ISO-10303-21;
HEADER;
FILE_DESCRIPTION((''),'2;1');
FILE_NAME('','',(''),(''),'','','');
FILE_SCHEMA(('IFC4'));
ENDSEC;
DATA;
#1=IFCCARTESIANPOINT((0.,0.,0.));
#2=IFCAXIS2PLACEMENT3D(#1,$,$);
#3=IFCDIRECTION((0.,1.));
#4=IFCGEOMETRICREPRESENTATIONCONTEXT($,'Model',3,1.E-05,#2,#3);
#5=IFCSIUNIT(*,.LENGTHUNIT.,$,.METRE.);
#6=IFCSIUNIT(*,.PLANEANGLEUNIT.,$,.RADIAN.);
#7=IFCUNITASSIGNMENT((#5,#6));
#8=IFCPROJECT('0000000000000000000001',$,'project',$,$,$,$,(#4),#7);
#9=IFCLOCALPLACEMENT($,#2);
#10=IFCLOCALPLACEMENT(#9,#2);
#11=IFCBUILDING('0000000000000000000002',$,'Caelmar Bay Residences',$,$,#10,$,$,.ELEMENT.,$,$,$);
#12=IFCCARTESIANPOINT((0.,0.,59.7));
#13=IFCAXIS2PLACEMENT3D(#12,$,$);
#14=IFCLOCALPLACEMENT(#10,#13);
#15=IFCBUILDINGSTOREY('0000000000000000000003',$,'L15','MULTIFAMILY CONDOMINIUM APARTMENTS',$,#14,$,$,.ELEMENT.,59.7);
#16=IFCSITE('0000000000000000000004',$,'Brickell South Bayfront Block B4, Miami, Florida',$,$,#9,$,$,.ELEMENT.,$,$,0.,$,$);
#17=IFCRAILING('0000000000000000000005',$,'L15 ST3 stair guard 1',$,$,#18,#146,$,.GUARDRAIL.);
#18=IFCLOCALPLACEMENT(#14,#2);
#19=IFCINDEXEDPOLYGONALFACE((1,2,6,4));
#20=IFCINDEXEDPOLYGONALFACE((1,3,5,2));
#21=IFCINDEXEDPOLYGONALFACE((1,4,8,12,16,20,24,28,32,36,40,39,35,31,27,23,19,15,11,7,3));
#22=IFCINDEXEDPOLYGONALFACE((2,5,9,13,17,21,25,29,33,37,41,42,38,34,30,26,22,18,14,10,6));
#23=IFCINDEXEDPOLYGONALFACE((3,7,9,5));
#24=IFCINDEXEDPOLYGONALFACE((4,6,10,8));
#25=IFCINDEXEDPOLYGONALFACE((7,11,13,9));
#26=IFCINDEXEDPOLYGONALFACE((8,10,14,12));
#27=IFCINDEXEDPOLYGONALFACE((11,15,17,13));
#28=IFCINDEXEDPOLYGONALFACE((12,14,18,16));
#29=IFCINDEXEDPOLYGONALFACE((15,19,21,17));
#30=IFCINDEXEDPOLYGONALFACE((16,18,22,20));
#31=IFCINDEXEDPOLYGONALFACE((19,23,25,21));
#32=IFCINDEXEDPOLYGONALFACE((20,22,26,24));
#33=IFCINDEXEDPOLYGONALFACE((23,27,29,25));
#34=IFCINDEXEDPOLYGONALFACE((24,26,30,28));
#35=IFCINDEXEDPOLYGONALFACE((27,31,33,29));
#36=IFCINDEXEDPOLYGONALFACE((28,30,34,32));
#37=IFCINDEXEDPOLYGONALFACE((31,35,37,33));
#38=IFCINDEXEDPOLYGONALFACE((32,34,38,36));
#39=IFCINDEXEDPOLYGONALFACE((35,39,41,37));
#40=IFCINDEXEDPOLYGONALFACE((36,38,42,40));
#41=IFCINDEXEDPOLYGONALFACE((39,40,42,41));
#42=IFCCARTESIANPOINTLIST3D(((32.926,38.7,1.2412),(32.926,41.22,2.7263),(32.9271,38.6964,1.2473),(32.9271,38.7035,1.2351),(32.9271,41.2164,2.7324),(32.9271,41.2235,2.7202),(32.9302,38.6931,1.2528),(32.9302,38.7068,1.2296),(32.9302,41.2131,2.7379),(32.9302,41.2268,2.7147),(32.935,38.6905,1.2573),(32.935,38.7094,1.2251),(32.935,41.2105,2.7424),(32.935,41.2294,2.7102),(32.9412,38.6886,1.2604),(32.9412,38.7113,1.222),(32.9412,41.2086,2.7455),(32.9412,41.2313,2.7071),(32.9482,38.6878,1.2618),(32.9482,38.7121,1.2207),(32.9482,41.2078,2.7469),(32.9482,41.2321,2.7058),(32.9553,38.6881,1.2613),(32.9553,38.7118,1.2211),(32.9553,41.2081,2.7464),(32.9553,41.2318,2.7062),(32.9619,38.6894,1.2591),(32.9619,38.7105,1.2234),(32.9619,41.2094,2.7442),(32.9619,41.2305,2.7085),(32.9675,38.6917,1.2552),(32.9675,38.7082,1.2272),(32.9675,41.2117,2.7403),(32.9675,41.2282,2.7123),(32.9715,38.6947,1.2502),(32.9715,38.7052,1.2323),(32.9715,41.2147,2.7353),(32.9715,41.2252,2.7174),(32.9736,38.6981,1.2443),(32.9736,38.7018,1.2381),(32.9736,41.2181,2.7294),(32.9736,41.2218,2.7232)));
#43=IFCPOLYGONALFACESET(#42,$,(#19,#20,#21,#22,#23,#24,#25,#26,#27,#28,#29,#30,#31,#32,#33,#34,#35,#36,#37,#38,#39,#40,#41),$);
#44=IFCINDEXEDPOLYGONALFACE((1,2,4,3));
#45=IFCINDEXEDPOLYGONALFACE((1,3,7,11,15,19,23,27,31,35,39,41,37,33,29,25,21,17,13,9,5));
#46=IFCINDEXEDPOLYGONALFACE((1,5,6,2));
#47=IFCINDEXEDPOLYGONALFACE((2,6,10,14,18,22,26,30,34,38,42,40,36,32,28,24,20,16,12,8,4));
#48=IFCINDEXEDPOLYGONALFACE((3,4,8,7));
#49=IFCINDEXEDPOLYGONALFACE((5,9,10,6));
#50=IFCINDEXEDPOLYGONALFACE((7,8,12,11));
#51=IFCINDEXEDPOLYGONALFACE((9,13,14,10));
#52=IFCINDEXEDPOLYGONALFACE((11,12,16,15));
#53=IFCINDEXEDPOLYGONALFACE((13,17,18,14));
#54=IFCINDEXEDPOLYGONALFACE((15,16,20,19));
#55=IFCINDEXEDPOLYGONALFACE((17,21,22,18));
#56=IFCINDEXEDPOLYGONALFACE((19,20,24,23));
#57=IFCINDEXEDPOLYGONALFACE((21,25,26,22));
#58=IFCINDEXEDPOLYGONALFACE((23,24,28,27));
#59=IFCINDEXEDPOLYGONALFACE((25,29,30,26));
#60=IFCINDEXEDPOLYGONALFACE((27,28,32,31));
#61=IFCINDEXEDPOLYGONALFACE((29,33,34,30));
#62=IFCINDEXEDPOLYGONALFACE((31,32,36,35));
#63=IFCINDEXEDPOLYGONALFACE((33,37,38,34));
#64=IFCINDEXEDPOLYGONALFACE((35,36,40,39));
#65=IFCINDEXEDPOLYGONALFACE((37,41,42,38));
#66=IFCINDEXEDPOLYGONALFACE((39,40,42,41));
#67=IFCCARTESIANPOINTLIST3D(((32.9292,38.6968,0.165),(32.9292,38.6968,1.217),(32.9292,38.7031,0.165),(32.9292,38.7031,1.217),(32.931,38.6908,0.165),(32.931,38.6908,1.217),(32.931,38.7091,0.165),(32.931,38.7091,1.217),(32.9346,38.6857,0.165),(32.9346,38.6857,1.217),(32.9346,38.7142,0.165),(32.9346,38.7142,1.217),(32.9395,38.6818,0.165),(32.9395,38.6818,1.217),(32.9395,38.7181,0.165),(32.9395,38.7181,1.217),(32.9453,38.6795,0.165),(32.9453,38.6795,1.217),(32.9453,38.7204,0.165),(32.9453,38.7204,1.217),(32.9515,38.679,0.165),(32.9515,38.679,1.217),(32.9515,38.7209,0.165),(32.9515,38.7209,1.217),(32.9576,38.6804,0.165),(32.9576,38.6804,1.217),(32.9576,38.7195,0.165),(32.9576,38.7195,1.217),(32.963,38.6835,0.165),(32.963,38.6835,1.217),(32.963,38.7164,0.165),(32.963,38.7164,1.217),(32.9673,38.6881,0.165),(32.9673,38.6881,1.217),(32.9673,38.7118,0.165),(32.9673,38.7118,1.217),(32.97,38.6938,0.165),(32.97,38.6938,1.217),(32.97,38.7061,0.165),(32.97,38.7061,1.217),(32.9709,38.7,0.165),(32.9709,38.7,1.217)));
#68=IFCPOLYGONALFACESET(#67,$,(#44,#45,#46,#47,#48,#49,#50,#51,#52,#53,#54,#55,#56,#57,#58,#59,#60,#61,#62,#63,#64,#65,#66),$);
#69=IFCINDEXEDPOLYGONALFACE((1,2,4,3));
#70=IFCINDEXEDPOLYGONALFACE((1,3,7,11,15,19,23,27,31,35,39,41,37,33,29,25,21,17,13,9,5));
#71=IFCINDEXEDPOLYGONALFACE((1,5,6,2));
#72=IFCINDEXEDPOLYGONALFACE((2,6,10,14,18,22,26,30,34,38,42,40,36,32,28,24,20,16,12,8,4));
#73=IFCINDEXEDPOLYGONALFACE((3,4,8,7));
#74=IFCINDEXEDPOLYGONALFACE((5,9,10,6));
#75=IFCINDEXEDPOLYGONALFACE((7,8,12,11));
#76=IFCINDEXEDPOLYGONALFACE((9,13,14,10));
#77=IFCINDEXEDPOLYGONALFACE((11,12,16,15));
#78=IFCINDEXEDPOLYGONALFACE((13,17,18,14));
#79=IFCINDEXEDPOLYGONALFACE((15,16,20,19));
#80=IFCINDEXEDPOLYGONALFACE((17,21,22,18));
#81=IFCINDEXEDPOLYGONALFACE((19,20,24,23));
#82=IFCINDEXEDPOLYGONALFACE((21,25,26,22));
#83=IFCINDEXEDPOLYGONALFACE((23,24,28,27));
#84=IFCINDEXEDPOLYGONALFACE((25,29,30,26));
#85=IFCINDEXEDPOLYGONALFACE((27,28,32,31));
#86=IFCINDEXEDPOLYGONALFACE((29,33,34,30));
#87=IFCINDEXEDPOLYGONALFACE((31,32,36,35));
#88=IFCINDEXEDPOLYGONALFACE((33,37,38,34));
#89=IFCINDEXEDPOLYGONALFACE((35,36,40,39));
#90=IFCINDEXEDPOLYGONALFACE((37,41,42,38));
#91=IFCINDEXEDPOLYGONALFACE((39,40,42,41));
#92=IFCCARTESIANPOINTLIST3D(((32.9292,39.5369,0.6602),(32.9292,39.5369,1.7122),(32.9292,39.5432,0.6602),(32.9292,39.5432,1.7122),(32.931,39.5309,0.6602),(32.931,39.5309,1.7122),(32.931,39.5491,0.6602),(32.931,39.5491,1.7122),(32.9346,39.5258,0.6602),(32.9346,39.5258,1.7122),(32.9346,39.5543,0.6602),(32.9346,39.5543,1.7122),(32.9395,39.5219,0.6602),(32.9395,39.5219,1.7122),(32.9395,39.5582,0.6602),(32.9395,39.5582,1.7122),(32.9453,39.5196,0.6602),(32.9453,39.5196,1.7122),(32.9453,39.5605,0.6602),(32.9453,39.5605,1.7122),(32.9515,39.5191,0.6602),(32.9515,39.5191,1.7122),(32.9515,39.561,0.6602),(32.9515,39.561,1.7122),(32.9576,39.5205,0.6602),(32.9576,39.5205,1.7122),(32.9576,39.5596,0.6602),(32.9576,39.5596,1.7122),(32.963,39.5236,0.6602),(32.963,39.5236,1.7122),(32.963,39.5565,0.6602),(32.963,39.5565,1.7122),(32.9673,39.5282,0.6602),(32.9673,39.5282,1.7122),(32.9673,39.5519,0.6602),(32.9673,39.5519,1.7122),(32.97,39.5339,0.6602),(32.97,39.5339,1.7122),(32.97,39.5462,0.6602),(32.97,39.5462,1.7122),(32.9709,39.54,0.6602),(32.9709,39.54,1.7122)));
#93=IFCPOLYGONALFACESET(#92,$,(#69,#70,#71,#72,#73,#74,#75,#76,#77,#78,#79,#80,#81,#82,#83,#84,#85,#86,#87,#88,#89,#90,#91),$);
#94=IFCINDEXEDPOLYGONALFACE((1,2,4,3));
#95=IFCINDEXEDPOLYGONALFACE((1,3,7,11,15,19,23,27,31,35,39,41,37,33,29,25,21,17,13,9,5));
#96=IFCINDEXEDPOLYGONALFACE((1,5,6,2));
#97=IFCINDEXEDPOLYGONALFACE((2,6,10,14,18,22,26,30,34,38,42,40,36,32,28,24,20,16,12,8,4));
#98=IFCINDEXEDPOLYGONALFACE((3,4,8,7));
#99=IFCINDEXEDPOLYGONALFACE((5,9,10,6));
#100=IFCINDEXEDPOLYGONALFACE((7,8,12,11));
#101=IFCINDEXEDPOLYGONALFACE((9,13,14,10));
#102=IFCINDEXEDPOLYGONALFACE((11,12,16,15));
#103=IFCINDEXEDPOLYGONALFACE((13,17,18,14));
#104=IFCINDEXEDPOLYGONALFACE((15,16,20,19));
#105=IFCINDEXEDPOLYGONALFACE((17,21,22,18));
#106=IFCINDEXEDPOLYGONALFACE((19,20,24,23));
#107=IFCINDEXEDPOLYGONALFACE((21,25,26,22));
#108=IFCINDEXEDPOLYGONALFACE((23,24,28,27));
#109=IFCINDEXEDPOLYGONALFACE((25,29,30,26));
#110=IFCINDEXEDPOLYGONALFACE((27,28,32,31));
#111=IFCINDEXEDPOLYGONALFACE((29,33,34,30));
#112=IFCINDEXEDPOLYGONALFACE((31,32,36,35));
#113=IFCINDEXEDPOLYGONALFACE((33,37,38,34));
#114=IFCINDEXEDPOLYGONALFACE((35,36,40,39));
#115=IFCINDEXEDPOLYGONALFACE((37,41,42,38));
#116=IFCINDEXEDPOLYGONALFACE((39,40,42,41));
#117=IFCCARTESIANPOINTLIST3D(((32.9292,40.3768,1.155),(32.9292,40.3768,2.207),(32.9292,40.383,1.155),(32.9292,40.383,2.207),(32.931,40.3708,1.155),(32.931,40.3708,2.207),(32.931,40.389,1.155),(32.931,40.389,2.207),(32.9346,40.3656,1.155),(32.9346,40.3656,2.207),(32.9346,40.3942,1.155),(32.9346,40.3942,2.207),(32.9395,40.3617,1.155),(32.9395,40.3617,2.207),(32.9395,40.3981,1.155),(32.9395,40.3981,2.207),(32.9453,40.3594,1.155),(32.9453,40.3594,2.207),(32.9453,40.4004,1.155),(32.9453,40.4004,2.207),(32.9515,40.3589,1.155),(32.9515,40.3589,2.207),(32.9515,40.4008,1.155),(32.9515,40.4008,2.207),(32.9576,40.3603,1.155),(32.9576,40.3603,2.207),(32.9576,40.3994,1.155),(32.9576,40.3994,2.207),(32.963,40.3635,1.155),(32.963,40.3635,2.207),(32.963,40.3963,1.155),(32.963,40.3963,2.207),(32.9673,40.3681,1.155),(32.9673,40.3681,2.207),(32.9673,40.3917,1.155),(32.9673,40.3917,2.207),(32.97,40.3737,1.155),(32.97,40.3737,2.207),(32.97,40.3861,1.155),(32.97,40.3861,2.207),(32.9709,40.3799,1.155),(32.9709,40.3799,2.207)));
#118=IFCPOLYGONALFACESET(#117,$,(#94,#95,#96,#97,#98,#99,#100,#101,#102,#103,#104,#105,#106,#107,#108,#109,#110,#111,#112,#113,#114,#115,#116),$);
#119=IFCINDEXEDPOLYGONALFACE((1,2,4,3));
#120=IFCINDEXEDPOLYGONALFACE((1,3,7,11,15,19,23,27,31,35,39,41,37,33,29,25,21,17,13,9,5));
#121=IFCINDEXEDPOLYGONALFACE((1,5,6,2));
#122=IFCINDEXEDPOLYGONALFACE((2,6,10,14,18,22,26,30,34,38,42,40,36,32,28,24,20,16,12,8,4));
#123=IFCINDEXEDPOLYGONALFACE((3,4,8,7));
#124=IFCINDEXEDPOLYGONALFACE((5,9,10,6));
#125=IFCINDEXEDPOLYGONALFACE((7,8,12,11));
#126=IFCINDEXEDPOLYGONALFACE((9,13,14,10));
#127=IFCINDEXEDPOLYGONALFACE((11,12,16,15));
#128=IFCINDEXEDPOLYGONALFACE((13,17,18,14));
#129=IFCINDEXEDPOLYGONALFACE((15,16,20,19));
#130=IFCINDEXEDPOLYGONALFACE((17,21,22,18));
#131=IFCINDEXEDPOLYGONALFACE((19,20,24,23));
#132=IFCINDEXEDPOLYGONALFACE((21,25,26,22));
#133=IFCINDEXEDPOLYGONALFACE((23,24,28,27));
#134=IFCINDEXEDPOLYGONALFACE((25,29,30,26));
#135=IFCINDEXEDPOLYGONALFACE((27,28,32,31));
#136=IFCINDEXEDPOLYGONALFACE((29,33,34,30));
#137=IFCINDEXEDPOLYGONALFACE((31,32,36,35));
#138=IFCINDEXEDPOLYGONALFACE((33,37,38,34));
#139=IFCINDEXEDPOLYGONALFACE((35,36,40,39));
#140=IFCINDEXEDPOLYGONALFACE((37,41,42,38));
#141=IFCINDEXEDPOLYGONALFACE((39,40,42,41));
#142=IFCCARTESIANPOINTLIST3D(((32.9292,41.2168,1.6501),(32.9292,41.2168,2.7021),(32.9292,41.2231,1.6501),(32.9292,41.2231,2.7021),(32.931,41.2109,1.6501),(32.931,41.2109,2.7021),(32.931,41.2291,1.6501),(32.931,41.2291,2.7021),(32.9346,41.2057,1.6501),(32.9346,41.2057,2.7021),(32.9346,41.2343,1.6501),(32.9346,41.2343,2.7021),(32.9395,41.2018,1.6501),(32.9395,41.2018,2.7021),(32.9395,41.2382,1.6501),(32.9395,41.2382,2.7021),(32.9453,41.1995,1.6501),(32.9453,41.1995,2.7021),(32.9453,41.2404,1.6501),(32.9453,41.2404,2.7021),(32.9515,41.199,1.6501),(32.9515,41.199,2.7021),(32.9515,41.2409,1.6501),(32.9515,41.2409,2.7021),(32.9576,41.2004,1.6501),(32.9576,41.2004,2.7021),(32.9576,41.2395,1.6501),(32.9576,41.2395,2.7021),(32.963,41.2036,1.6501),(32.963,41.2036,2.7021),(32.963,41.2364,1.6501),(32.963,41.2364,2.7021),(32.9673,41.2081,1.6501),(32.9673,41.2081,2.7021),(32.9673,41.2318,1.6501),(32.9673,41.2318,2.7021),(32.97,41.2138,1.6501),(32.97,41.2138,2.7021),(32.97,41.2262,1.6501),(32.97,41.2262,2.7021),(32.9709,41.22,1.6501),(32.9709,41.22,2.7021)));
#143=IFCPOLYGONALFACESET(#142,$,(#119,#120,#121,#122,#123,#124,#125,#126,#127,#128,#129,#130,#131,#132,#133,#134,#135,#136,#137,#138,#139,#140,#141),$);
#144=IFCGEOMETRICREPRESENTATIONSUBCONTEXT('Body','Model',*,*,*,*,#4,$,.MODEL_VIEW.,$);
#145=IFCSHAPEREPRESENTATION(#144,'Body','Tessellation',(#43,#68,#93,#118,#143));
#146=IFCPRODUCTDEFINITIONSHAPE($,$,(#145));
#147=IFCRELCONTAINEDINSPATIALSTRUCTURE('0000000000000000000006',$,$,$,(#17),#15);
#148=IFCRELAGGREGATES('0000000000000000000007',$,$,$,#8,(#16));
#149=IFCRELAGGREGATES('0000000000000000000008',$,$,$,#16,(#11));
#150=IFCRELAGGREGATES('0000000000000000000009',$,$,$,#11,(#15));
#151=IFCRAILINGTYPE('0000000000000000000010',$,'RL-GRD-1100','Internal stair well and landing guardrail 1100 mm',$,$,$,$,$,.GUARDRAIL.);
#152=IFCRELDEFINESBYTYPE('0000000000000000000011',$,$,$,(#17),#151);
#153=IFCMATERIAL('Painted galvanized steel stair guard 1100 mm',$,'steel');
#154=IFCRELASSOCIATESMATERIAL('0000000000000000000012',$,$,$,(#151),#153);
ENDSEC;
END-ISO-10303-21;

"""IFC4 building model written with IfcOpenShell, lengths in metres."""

from ifc_helpers import new_model, si_unit, direction, frame, origin, origin_2d, place, context, subcontext, project, spatial, circle, extrude, material, type_object, element, save


model = new_model("IFC4")

# Units and contexts
model_context = context("Model", 3, precision=1e-05, world=origin(), true_north=direction((0.0, 1.0)))
body_context = subcontext(model_context, "Body", "Model", "MODEL_VIEW")
ifc_project = project(units=[si_unit("LENGTHUNIT", "METRE"), si_unit("PLANEANGLEUNIT", "RADIAN")], contexts=[model_context])

# Site, building, storey
site_placement = place(None, origin())
site = spatial("IfcSite", under=ifc_project, at=site_placement, Name="Brickell South Bayfront Block B4, Miami, Florida", CompositionType="ELEMENT", RefElevation=0.0)
building_placement = place(site_placement, origin())
building = spatial("IfcBuilding", under=site, at=building_placement, Name="Caelmar Bay Residences", CompositionType="ELEMENT")
storey_placement = place(building_placement, frame((0.0, 0.0, 59.7)))
storey = spatial("IfcBuildingStorey", under=building, at=storey_placement, Name="L15", Description="MULTIFAMILY CONDOMINIUM APARTMENTS", CompositionType="ELEMENT", Elevation=59.7)

# Railing
ifc_material_1 = material(Name="Painted galvanized steel stair guard 1100 mm", Category="steel")
railing_type_1 = type_object("IfcRailingType", Name="RL-GRD-1100", Description="Internal stair well and landing guardrail 1100 mm", PredefinedType="GUARDRAIL", material=ifc_material_1)
railing_1_placement = place(storey_placement, frame((32.95, 38.7, 0.165)))
element("IfcRailing", 1, at=railing_1_placement, inside=storey, type_object=railing_type_1, Name="L15 ST3 stair guard 1", PredefinedType="GUARDRAIL", context=body_context, shape_type="SweptSolid", body=[
    extrude(circle(Radius=0.0239, at=origin_2d()), frame((0.0, 0.0, 1.0762), z_axis=(0.0, 0.861524, 0.507717), x_axis=(-1.0, 0.0, 0.0)), (0.0, 0.0, 1.0), 2.925),
    extrude(circle(Radius=0.021, at=origin_2d()), origin(), (0.0, 0.0, 1.0), 1.052),
    extrude(circle(Radius=0.021, at=origin_2d()), frame((0.0, 0.8401, 0.4951)), (0.0, 0.0, 1.0), 1.052),
    extrude(circle(Radius=0.021, at=origin_2d()), frame((0.0, 1.6799, 0.99)), (0.0, 0.0, 1.0), 1.052),
    extrude(circle(Radius=0.021, at=origin_2d()), frame((0.0, 2.52, 1.4851)), (0.0, 0.0, 1.0), 1.052),
])

save(model, "model.ifc")
